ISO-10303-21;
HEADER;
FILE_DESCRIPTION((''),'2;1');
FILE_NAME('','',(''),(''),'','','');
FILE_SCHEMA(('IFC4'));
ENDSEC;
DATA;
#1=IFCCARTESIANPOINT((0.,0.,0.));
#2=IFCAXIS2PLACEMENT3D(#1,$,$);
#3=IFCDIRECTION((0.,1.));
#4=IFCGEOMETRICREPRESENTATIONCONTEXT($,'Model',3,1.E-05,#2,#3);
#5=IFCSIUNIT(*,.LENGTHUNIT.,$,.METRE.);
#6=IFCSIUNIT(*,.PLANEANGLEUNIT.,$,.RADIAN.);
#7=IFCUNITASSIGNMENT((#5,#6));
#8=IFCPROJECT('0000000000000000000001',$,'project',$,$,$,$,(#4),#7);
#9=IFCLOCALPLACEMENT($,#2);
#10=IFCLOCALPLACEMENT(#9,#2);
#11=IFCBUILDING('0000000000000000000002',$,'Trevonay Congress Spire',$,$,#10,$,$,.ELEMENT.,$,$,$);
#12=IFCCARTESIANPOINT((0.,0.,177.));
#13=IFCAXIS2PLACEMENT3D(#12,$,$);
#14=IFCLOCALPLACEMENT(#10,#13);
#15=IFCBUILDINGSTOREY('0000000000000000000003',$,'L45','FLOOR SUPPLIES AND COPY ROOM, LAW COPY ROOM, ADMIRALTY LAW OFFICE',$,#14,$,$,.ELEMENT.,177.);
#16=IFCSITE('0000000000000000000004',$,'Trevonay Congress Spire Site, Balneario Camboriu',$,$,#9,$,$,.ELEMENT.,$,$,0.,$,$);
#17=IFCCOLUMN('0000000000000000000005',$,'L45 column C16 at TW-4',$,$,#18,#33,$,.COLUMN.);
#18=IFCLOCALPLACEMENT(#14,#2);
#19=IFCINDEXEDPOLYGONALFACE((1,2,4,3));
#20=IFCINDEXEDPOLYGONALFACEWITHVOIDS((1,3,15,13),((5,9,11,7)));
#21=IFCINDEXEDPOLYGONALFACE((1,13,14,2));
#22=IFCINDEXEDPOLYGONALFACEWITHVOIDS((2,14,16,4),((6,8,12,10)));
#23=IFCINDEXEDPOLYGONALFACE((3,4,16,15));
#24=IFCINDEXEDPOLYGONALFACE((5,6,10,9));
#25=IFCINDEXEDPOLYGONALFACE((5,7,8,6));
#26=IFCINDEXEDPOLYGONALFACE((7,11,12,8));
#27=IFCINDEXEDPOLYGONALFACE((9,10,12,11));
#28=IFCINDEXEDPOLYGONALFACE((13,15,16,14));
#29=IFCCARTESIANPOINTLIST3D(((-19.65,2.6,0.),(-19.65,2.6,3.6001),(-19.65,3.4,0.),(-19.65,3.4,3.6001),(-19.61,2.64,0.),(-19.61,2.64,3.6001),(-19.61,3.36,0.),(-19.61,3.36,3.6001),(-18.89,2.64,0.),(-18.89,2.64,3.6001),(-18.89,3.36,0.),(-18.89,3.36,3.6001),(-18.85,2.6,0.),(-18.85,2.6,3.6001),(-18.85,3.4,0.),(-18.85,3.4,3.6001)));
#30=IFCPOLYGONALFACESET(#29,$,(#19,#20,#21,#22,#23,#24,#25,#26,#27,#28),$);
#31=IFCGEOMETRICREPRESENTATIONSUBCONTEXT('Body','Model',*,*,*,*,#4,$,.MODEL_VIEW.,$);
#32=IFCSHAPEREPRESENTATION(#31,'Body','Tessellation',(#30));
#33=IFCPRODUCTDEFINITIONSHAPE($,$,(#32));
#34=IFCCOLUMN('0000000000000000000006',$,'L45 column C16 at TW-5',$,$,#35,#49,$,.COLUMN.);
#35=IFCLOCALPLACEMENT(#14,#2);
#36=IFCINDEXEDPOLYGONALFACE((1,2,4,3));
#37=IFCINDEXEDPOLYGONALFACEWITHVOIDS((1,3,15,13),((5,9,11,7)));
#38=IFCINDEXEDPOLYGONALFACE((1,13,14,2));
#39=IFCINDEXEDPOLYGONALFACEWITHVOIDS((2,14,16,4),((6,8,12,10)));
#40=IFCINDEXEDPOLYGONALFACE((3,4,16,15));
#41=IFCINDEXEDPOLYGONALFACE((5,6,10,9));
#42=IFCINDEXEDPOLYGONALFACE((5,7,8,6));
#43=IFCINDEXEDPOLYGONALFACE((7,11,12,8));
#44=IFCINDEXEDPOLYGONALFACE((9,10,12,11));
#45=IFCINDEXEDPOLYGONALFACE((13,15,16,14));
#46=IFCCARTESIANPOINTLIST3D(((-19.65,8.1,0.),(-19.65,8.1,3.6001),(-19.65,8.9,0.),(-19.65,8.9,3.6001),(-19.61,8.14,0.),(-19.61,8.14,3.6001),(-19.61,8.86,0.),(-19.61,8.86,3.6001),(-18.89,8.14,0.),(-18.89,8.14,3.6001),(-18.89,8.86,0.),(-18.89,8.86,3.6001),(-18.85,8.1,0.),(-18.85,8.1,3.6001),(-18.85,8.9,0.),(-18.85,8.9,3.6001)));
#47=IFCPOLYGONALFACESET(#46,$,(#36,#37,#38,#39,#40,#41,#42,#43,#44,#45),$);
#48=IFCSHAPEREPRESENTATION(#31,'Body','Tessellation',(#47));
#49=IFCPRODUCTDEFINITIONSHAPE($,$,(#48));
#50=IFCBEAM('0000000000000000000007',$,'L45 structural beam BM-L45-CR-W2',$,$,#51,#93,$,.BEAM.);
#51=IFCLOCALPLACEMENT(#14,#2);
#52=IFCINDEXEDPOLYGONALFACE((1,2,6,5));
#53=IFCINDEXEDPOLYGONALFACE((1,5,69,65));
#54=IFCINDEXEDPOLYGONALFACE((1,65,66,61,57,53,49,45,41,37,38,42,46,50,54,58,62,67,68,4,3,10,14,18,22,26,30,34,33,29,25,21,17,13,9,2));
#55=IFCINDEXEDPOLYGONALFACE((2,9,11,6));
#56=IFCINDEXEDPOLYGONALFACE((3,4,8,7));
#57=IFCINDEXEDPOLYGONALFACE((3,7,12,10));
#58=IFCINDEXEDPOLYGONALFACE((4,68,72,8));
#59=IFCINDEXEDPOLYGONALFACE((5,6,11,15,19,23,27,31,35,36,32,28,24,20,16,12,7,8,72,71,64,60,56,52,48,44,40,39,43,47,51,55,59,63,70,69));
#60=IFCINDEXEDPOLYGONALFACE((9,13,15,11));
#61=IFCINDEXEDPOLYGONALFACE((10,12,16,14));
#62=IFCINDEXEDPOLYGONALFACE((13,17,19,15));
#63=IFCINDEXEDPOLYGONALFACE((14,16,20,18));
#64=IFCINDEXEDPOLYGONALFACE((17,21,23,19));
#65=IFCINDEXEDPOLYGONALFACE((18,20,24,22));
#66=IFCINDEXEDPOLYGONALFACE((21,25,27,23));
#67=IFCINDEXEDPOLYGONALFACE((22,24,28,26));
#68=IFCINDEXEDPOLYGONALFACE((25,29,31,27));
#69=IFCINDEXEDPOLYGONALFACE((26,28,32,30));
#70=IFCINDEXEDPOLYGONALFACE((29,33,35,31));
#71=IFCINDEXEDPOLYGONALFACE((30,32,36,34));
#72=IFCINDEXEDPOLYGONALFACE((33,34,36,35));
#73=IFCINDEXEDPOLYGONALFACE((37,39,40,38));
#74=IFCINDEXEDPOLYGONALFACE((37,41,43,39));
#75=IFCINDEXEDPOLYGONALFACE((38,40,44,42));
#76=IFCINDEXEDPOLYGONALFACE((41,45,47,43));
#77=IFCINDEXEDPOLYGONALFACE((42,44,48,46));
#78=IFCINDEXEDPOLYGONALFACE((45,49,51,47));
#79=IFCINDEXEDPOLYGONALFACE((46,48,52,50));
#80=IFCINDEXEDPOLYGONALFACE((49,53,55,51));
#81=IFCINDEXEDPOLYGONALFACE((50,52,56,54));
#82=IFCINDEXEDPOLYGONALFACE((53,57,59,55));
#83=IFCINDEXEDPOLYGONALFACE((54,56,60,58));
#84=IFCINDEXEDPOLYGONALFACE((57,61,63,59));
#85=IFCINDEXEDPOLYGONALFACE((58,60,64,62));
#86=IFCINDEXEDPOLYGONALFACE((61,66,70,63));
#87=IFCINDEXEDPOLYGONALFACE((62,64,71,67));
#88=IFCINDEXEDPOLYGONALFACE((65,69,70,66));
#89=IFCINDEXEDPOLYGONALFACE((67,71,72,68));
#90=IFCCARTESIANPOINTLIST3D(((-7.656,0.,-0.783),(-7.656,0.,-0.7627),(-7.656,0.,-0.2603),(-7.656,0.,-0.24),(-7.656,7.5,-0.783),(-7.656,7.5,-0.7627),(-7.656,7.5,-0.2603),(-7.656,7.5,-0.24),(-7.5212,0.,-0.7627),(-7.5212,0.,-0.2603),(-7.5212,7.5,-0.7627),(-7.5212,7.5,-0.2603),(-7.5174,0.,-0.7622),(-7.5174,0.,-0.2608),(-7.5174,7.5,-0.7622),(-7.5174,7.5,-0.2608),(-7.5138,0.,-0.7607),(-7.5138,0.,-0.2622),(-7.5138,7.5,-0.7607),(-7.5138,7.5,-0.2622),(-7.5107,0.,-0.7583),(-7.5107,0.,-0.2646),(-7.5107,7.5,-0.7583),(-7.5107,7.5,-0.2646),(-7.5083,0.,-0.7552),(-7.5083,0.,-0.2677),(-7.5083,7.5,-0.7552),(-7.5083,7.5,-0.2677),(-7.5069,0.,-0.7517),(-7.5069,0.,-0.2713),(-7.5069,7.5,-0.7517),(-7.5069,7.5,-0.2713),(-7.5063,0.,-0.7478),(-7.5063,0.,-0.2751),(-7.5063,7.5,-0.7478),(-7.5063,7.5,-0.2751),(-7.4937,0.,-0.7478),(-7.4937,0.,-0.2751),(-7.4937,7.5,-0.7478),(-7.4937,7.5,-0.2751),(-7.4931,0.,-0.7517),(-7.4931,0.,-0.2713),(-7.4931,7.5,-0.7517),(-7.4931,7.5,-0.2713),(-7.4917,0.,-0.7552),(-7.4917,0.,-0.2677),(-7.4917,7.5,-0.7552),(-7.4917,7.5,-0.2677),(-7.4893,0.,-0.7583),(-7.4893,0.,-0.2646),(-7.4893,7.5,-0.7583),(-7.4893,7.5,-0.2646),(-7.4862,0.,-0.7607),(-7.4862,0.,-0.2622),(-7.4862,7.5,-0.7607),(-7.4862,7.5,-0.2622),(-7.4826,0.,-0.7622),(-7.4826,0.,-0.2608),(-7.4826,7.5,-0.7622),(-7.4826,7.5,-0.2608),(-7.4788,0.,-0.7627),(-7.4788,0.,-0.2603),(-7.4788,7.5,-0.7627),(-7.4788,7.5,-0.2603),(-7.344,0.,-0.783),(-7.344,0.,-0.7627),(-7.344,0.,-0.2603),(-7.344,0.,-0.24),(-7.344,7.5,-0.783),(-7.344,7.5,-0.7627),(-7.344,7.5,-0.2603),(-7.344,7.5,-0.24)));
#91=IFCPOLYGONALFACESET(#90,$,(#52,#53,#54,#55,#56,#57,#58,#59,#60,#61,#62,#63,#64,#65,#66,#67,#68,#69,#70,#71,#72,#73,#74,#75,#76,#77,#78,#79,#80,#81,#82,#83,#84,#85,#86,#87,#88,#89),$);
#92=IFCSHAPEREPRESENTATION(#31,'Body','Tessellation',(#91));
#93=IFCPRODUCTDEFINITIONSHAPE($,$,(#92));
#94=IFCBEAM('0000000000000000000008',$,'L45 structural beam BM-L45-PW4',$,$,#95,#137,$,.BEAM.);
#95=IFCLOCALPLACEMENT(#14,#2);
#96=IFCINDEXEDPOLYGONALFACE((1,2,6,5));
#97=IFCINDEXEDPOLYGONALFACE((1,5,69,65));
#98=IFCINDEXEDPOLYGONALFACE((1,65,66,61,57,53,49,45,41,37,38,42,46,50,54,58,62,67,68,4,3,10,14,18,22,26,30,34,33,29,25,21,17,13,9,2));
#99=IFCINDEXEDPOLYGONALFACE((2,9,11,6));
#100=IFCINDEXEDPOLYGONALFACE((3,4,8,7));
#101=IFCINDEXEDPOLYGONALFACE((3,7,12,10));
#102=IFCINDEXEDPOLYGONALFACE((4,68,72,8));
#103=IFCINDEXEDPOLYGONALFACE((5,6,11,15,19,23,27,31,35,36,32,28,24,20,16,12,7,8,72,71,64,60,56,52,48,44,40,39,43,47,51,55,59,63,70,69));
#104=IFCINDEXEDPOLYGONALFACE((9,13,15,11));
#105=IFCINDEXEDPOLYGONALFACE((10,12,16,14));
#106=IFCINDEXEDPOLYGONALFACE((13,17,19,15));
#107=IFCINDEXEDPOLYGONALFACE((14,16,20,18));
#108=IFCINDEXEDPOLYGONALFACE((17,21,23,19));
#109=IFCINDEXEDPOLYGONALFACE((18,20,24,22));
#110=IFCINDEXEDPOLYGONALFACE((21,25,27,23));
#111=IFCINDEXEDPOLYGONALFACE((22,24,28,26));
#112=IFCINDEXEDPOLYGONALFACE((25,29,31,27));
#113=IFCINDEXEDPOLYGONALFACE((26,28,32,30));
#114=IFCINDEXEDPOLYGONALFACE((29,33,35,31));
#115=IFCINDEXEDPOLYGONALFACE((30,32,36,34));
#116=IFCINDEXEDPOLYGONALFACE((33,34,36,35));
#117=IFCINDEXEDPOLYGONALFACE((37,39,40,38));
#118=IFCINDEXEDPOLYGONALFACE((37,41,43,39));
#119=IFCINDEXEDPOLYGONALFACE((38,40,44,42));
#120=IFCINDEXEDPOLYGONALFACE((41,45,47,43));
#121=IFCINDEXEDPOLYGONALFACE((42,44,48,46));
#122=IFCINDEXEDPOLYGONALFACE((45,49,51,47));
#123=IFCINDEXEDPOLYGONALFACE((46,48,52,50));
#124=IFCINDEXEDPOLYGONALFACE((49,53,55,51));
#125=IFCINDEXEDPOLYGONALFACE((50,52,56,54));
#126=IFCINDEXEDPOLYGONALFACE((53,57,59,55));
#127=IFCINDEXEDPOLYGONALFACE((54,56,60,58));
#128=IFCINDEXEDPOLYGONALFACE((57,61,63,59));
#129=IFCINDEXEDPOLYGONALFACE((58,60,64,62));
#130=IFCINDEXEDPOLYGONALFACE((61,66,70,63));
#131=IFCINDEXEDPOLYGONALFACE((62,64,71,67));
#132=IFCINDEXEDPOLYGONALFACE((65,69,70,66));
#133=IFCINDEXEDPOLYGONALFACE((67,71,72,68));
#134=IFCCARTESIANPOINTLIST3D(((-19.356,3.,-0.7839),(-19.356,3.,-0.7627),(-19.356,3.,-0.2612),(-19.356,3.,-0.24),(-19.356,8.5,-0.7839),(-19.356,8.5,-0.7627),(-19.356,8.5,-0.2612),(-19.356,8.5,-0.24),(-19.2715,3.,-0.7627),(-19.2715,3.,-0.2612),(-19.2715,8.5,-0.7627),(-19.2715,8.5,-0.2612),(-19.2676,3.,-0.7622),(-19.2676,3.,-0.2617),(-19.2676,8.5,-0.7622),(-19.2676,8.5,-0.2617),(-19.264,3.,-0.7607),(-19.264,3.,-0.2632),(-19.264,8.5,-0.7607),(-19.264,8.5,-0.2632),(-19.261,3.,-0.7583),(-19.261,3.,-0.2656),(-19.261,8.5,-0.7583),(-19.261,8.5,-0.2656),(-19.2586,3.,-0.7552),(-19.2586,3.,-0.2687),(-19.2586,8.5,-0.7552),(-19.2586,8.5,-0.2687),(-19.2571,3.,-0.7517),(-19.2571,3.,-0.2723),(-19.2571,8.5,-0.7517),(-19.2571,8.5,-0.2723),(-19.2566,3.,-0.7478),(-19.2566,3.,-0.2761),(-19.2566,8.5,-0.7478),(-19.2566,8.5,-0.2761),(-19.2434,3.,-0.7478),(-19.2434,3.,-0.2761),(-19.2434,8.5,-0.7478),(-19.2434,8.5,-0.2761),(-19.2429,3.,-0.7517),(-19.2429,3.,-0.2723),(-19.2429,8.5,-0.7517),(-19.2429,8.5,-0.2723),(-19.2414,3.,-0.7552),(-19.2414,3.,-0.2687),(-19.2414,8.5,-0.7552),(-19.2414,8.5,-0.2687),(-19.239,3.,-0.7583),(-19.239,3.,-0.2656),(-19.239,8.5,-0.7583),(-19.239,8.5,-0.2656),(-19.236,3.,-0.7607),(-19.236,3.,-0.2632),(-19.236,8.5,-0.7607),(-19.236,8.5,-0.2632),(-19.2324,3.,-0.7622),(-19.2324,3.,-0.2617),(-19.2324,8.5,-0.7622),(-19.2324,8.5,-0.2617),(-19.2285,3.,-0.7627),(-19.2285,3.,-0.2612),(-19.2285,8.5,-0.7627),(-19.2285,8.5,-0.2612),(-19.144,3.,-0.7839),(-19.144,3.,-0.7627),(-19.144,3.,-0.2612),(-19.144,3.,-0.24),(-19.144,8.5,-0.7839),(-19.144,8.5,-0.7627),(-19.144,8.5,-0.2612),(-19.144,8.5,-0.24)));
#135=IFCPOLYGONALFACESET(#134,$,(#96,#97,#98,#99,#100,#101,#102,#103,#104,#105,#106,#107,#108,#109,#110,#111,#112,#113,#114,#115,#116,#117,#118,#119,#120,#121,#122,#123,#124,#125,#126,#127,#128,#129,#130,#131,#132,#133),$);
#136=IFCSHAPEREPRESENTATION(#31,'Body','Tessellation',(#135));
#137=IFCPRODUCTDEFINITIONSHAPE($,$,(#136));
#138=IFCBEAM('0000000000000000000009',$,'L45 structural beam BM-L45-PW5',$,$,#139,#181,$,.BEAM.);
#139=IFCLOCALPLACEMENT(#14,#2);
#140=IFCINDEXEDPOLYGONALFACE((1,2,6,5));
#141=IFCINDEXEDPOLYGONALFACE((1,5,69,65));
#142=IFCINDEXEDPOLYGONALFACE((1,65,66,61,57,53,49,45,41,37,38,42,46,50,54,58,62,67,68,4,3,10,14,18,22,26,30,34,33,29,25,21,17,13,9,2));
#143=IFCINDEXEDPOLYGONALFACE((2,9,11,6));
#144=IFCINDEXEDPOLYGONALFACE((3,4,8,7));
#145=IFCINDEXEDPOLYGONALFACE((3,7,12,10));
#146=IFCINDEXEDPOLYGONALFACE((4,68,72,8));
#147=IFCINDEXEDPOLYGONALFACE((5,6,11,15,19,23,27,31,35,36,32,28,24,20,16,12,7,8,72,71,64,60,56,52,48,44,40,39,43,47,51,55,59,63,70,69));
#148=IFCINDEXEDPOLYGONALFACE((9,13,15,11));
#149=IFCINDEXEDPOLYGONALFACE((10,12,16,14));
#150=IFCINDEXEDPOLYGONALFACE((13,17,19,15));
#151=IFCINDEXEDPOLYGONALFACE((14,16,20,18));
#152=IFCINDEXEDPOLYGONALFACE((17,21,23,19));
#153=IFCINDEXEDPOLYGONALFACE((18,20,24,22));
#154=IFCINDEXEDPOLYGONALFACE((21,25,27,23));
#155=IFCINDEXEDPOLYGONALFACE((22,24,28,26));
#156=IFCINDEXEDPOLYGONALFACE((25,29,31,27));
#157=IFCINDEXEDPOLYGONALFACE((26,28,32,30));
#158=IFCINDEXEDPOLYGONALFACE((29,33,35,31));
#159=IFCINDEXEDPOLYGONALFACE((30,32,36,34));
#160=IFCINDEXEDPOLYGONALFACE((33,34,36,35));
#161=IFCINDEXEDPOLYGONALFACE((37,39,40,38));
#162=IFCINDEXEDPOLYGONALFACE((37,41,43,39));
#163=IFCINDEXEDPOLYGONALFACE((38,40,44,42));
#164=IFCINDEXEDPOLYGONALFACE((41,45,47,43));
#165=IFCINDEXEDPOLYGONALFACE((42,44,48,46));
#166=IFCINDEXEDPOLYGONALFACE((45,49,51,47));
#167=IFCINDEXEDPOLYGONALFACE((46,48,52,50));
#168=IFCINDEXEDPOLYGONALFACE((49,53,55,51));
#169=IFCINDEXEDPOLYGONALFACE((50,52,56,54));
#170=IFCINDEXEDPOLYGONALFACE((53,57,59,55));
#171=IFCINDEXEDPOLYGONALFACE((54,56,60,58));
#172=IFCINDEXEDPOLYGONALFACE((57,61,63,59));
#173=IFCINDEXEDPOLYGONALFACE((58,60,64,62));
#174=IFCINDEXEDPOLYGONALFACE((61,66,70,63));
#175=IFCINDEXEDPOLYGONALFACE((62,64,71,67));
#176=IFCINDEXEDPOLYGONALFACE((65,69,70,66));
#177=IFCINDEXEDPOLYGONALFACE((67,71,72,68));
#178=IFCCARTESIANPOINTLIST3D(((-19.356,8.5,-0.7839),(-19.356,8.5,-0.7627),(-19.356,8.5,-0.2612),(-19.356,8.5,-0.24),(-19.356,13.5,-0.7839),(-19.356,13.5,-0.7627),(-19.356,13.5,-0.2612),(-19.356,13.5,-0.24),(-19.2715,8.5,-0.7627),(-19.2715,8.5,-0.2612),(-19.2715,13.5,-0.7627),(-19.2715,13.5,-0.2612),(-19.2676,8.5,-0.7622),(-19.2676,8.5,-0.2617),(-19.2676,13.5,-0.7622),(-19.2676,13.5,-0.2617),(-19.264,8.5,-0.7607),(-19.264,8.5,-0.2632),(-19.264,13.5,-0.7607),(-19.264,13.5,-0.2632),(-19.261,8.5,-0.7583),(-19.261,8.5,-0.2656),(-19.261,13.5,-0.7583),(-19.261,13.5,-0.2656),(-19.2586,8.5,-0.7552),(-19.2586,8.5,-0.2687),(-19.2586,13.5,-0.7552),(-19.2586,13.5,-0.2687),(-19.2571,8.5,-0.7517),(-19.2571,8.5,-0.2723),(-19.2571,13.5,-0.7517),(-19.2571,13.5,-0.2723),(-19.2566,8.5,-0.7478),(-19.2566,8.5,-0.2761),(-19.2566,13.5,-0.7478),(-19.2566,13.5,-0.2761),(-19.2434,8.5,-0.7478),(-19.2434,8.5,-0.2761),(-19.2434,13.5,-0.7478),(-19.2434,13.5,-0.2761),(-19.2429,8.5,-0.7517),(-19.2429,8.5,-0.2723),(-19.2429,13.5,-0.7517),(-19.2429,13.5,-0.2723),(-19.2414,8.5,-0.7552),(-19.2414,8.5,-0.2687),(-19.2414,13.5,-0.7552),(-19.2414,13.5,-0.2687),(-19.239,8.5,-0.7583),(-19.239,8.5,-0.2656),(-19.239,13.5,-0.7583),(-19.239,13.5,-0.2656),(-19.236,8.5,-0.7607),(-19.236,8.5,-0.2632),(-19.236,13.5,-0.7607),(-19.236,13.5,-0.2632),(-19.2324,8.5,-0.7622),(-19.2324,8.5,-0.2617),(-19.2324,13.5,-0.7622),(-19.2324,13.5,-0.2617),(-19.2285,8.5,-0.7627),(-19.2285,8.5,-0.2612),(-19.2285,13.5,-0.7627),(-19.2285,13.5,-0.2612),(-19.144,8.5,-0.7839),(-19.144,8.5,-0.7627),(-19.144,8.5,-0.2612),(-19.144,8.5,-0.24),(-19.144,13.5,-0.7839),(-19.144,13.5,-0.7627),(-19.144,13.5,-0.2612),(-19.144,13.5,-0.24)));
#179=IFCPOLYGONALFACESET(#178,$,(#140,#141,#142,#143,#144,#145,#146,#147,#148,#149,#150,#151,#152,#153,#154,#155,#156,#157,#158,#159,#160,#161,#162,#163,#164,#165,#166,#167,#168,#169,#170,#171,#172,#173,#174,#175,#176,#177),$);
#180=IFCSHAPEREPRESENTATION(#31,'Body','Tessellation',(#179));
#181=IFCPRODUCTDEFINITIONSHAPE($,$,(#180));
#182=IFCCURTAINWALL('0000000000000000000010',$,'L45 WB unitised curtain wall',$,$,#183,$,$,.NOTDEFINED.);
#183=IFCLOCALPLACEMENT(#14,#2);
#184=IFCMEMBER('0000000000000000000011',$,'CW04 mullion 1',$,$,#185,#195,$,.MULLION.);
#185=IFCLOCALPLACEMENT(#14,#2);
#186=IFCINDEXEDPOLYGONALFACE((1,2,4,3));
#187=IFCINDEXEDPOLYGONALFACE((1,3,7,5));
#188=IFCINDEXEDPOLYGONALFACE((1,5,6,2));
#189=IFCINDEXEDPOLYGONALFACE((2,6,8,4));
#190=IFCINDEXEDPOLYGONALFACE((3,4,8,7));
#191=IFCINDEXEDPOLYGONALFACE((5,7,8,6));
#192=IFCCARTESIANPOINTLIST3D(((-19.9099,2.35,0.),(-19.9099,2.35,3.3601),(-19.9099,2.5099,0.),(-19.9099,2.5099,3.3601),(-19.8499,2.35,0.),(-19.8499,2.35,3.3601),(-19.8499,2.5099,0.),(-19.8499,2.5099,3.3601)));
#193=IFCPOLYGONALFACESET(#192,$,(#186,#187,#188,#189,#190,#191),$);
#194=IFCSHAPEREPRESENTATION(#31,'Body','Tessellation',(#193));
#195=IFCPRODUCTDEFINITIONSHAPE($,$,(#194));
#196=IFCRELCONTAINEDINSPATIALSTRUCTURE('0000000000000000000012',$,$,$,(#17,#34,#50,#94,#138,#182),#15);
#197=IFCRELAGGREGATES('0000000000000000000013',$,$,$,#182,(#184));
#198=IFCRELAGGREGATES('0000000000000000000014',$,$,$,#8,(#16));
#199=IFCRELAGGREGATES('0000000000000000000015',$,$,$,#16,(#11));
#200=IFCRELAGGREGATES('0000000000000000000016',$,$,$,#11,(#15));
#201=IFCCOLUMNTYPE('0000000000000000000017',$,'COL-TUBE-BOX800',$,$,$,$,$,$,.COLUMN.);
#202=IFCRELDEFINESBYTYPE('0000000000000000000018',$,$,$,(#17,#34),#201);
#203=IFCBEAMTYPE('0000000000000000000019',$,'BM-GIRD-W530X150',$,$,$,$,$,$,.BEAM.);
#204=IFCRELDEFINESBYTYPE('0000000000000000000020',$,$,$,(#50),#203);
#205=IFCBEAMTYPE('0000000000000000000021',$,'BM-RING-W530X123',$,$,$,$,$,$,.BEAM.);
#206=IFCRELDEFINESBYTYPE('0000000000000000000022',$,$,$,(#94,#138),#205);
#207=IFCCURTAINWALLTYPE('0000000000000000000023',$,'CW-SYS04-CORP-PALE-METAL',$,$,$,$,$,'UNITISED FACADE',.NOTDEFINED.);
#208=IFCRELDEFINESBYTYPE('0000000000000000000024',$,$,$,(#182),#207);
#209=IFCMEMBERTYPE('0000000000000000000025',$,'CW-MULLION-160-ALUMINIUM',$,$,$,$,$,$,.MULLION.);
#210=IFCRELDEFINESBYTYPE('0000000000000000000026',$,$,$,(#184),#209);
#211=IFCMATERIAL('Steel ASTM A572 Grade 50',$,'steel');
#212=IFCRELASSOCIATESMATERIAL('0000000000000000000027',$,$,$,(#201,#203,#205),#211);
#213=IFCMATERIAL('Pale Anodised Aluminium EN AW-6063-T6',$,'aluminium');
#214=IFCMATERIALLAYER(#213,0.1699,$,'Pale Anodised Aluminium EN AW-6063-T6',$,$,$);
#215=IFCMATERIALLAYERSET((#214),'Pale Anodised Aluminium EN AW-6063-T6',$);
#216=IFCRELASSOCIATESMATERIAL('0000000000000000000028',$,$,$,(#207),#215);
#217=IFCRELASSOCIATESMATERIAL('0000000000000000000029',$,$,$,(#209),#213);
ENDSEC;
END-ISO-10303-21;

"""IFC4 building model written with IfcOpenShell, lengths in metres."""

from ifc_helpers import new_model, si_unit, direction, frame, origin, origin_2d, place, context, subcontext, project, spatial, rectangle, hollow_rectangle, i_section, extrude, material, layer, layer_set, material_profile, profile_set, type_object, element, aggregate, save


model = new_model("IFC4")

# Units and contexts
model_context = context("Model", 3, precision=1e-05, world=origin(), true_north=direction((0.0, 1.0)))
body_context = subcontext(model_context, "Body", "Model", "MODEL_VIEW")
ifc_project = project(units=[si_unit("LENGTHUNIT", "METRE"), si_unit("PLANEANGLEUNIT", "RADIAN")], contexts=[model_context])

# Site, building, storey
site_placement = place(None, origin())
site = spatial("IfcSite", under=ifc_project, at=site_placement, Name="Trevonay Congress Spire Site, Balneario Camboriu", CompositionType="ELEMENT", RefElevation=0.0)
building_placement = place(site_placement, origin())
building = spatial("IfcBuilding", under=site, at=building_placement, Name="Trevonay Congress Spire", CompositionType="ELEMENT")
storey_placement = place(building_placement, frame((0.0, 0.0, 177.0)))
storey = spatial("IfcBuildingStorey", under=building, at=storey_placement, Name="L45", Description="FLOOR SUPPLIES AND COPY ROOM, LAW COPY ROOM, ADMIRALTY LAW OFFICE", CompositionType="ELEMENT", Elevation=177.0)

# Columns
ifc_material_1 = material(Name="Steel ASTM A572 Grade 50", Category="steel")
ifc_material_profile_1 = material_profile(ifc_material_1, hollow_rectangle(XDim=0.8, YDim=0.8, WallThickness=0.04, at=origin_2d()), Name="BOX 800x800x40")
ifc_profile_set_1 = profile_set([ifc_material_profile_1], Name="Steel ASTM A572 Grade 50")
column_type = type_object("IfcColumnType", Name="COL-TUBE-BOX800", PredefinedType="COLUMN", material=ifc_profile_set_1)
for number, where, z_axis, x_axis, name in (
    (1, (-19.25, 3.0, 0.0), (0.0, 0.0, 1.0), (1.0, 0.0, 0.0), "L45 column C16 at TW-4"),
    (2, (-19.25, 8.5, 0.0), (0.0, 0.0, 1.0), (1.0, 0.0, 0.0), "L45 column C16 at TW-5"),
):
    element("IfcColumn", number, at=place(storey_placement, frame(where, z_axis=z_axis, x_axis=x_axis)), inside=storey, type_object=column_type, Name=name, PredefinedType="COLUMN", context=body_context, shape_type="SweptSolid", body=[
        extrude(hollow_rectangle(XDim=0.8, YDim=0.8, WallThickness=0.04, at=origin_2d()), origin(), (0.0, 0.0, 1.0), 3.6001),
    ])

# Beams
ifc_material_profile_2 = material_profile(ifc_material_1, i_section(OverallWidth=0.312, OverallDepth=0.543, WebThickness=0.0127, FlangeThickness=0.0203, FilletRadius=0.0149, at=origin_2d()), Name="W530x150")
ifc_profile_set_2 = profile_set([ifc_material_profile_2], Name="Steel ASTM A572 Grade 50")
beam_type_1 = type_object("IfcBeamType", Name="BM-GIRD-W530X150", PredefinedType="BEAM", material=ifc_profile_set_2)
beam_1_placement = place(storey_placement, frame((-7.5, 0.0, -0.5115), z_axis=(0.0, 1.0, 0.0), x_axis=(-1.0, 0.0, 0.0)))
element("IfcBeam", 3, at=beam_1_placement, inside=storey, type_object=beam_type_1, Name="L45 structural beam BM-L45-CR-W2", PredefinedType="BEAM", context=body_context, shape_type="SweptSolid", body=[
    extrude(i_section(OverallWidth=0.312, OverallDepth=0.543, WebThickness=0.0127, FlangeThickness=0.0203, FilletRadius=0.0149, at=origin_2d()), origin(), (0.0, 0.0, 1.0), 7.5),
])
ifc_material_profile_3 = material_profile(ifc_material_1, i_section(OverallWidth=0.2119, OverallDepth=0.5439, WebThickness=0.0132, FlangeThickness=0.0212, FilletRadius=0.0149, at=origin_2d()), Name="W530x123")
ifc_profile_set_3 = profile_set([ifc_material_profile_3], Name="Steel ASTM A572 Grade 50")
beam_type_2 = type_object("IfcBeamType", Name="BM-RING-W530X123", PredefinedType="BEAM", material=ifc_profile_set_3)
beam_2_placement = place(storey_placement, frame((-19.25, 3.0, -0.512), z_axis=(0.0, 1.0, 0.0), x_axis=(-1.0, 0.0, 0.0)))
element("IfcBeam", 4, at=beam_2_placement, inside=storey, type_object=beam_type_2, Name="L45 structural beam BM-L45-PW4", PredefinedType="BEAM", context=body_context, shape_type="SweptSolid", body=[
    extrude(i_section(OverallWidth=0.2119, OverallDepth=0.5439, WebThickness=0.0132, FlangeThickness=0.0212, FilletRadius=0.0149, at=origin_2d()), origin(), (0.0, 0.0, 1.0), 5.5),
])
beam_3_placement = place(storey_placement, frame((-19.25, 8.5, -0.512), z_axis=(0.0, 1.0, 0.0), x_axis=(-1.0, 0.0, 0.0)))
element("IfcBeam", 5, at=beam_3_placement, inside=storey, type_object=beam_type_2, Name="L45 structural beam BM-L45-PW5", PredefinedType="BEAM", context=body_context, shape_type="SweptSolid", body=[
    extrude(i_section(OverallWidth=0.2119, OverallDepth=0.5439, WebThickness=0.0132, FlangeThickness=0.0212, FilletRadius=0.0149, at=origin_2d()), origin(), (0.0, 0.0, 1.0), 5.0),
])

# Curtain wall, member
ifc_material_2 = material(Name="Pale Anodised Aluminium EN AW-6063-T6", Category="aluminium")
ifc_layer_1 = layer(ifc_material_2, 0.1699, Name="Pale Anodised Aluminium EN AW-6063-T6")
ifc_layer_set_1 = layer_set([ifc_layer_1], Name="Pale Anodised Aluminium EN AW-6063-T6")
curtain_wall_type = type_object("IfcCurtainWallType", Name="CW-SYS04-CORP-PALE-METAL", ElementType="UNITISED FACADE", PredefinedType="NOTDEFINED", material=ifc_layer_set_1)
curtain_wall_placement = place(storey_placement, origin())
curtain_wall = element("IfcCurtainWall", 6, at=curtain_wall_placement, inside=storey, type_object=curtain_wall_type, Name="L45 WB unitised curtain wall", PredefinedType="NOTDEFINED")
ifc_material_profile_4 = material_profile(ifc_material_2, rectangle(XDim=0.0601, YDim=0.1599, at=origin_2d()), Name="CW-MULLION-160-ALUMINIUM")
ifc_profile_set_4 = profile_set([ifc_material_profile_4], Name="Pale Anodised Aluminium EN AW-6063-T6")
member_type_1 = type_object("IfcMemberType", Name="CW-MULLION-160-ALUMINIUM", PredefinedType="MULLION", material=ifc_profile_set_4)
member_1_placement = place(storey_placement, frame((-19.8799, 2.4299, 0.0), z_axis=(0.0, 0.0, 1.0), x_axis=(-1.0, 0.0, 0.0)))
member_1 = element("IfcMember", 7, at=member_1_placement, type_object=member_type_1, Name="CW04 mullion 1", PredefinedType="MULLION", context=body_context, shape_type="SweptSolid", body=[
    extrude(rectangle(XDim=0.0601, YDim=0.1599, at=origin_2d()), origin(), (0.0, 0.0, 1.0), 3.3601),
])
aggregate(curtain_wall, [member_1])

save(model, "model.ifc")
